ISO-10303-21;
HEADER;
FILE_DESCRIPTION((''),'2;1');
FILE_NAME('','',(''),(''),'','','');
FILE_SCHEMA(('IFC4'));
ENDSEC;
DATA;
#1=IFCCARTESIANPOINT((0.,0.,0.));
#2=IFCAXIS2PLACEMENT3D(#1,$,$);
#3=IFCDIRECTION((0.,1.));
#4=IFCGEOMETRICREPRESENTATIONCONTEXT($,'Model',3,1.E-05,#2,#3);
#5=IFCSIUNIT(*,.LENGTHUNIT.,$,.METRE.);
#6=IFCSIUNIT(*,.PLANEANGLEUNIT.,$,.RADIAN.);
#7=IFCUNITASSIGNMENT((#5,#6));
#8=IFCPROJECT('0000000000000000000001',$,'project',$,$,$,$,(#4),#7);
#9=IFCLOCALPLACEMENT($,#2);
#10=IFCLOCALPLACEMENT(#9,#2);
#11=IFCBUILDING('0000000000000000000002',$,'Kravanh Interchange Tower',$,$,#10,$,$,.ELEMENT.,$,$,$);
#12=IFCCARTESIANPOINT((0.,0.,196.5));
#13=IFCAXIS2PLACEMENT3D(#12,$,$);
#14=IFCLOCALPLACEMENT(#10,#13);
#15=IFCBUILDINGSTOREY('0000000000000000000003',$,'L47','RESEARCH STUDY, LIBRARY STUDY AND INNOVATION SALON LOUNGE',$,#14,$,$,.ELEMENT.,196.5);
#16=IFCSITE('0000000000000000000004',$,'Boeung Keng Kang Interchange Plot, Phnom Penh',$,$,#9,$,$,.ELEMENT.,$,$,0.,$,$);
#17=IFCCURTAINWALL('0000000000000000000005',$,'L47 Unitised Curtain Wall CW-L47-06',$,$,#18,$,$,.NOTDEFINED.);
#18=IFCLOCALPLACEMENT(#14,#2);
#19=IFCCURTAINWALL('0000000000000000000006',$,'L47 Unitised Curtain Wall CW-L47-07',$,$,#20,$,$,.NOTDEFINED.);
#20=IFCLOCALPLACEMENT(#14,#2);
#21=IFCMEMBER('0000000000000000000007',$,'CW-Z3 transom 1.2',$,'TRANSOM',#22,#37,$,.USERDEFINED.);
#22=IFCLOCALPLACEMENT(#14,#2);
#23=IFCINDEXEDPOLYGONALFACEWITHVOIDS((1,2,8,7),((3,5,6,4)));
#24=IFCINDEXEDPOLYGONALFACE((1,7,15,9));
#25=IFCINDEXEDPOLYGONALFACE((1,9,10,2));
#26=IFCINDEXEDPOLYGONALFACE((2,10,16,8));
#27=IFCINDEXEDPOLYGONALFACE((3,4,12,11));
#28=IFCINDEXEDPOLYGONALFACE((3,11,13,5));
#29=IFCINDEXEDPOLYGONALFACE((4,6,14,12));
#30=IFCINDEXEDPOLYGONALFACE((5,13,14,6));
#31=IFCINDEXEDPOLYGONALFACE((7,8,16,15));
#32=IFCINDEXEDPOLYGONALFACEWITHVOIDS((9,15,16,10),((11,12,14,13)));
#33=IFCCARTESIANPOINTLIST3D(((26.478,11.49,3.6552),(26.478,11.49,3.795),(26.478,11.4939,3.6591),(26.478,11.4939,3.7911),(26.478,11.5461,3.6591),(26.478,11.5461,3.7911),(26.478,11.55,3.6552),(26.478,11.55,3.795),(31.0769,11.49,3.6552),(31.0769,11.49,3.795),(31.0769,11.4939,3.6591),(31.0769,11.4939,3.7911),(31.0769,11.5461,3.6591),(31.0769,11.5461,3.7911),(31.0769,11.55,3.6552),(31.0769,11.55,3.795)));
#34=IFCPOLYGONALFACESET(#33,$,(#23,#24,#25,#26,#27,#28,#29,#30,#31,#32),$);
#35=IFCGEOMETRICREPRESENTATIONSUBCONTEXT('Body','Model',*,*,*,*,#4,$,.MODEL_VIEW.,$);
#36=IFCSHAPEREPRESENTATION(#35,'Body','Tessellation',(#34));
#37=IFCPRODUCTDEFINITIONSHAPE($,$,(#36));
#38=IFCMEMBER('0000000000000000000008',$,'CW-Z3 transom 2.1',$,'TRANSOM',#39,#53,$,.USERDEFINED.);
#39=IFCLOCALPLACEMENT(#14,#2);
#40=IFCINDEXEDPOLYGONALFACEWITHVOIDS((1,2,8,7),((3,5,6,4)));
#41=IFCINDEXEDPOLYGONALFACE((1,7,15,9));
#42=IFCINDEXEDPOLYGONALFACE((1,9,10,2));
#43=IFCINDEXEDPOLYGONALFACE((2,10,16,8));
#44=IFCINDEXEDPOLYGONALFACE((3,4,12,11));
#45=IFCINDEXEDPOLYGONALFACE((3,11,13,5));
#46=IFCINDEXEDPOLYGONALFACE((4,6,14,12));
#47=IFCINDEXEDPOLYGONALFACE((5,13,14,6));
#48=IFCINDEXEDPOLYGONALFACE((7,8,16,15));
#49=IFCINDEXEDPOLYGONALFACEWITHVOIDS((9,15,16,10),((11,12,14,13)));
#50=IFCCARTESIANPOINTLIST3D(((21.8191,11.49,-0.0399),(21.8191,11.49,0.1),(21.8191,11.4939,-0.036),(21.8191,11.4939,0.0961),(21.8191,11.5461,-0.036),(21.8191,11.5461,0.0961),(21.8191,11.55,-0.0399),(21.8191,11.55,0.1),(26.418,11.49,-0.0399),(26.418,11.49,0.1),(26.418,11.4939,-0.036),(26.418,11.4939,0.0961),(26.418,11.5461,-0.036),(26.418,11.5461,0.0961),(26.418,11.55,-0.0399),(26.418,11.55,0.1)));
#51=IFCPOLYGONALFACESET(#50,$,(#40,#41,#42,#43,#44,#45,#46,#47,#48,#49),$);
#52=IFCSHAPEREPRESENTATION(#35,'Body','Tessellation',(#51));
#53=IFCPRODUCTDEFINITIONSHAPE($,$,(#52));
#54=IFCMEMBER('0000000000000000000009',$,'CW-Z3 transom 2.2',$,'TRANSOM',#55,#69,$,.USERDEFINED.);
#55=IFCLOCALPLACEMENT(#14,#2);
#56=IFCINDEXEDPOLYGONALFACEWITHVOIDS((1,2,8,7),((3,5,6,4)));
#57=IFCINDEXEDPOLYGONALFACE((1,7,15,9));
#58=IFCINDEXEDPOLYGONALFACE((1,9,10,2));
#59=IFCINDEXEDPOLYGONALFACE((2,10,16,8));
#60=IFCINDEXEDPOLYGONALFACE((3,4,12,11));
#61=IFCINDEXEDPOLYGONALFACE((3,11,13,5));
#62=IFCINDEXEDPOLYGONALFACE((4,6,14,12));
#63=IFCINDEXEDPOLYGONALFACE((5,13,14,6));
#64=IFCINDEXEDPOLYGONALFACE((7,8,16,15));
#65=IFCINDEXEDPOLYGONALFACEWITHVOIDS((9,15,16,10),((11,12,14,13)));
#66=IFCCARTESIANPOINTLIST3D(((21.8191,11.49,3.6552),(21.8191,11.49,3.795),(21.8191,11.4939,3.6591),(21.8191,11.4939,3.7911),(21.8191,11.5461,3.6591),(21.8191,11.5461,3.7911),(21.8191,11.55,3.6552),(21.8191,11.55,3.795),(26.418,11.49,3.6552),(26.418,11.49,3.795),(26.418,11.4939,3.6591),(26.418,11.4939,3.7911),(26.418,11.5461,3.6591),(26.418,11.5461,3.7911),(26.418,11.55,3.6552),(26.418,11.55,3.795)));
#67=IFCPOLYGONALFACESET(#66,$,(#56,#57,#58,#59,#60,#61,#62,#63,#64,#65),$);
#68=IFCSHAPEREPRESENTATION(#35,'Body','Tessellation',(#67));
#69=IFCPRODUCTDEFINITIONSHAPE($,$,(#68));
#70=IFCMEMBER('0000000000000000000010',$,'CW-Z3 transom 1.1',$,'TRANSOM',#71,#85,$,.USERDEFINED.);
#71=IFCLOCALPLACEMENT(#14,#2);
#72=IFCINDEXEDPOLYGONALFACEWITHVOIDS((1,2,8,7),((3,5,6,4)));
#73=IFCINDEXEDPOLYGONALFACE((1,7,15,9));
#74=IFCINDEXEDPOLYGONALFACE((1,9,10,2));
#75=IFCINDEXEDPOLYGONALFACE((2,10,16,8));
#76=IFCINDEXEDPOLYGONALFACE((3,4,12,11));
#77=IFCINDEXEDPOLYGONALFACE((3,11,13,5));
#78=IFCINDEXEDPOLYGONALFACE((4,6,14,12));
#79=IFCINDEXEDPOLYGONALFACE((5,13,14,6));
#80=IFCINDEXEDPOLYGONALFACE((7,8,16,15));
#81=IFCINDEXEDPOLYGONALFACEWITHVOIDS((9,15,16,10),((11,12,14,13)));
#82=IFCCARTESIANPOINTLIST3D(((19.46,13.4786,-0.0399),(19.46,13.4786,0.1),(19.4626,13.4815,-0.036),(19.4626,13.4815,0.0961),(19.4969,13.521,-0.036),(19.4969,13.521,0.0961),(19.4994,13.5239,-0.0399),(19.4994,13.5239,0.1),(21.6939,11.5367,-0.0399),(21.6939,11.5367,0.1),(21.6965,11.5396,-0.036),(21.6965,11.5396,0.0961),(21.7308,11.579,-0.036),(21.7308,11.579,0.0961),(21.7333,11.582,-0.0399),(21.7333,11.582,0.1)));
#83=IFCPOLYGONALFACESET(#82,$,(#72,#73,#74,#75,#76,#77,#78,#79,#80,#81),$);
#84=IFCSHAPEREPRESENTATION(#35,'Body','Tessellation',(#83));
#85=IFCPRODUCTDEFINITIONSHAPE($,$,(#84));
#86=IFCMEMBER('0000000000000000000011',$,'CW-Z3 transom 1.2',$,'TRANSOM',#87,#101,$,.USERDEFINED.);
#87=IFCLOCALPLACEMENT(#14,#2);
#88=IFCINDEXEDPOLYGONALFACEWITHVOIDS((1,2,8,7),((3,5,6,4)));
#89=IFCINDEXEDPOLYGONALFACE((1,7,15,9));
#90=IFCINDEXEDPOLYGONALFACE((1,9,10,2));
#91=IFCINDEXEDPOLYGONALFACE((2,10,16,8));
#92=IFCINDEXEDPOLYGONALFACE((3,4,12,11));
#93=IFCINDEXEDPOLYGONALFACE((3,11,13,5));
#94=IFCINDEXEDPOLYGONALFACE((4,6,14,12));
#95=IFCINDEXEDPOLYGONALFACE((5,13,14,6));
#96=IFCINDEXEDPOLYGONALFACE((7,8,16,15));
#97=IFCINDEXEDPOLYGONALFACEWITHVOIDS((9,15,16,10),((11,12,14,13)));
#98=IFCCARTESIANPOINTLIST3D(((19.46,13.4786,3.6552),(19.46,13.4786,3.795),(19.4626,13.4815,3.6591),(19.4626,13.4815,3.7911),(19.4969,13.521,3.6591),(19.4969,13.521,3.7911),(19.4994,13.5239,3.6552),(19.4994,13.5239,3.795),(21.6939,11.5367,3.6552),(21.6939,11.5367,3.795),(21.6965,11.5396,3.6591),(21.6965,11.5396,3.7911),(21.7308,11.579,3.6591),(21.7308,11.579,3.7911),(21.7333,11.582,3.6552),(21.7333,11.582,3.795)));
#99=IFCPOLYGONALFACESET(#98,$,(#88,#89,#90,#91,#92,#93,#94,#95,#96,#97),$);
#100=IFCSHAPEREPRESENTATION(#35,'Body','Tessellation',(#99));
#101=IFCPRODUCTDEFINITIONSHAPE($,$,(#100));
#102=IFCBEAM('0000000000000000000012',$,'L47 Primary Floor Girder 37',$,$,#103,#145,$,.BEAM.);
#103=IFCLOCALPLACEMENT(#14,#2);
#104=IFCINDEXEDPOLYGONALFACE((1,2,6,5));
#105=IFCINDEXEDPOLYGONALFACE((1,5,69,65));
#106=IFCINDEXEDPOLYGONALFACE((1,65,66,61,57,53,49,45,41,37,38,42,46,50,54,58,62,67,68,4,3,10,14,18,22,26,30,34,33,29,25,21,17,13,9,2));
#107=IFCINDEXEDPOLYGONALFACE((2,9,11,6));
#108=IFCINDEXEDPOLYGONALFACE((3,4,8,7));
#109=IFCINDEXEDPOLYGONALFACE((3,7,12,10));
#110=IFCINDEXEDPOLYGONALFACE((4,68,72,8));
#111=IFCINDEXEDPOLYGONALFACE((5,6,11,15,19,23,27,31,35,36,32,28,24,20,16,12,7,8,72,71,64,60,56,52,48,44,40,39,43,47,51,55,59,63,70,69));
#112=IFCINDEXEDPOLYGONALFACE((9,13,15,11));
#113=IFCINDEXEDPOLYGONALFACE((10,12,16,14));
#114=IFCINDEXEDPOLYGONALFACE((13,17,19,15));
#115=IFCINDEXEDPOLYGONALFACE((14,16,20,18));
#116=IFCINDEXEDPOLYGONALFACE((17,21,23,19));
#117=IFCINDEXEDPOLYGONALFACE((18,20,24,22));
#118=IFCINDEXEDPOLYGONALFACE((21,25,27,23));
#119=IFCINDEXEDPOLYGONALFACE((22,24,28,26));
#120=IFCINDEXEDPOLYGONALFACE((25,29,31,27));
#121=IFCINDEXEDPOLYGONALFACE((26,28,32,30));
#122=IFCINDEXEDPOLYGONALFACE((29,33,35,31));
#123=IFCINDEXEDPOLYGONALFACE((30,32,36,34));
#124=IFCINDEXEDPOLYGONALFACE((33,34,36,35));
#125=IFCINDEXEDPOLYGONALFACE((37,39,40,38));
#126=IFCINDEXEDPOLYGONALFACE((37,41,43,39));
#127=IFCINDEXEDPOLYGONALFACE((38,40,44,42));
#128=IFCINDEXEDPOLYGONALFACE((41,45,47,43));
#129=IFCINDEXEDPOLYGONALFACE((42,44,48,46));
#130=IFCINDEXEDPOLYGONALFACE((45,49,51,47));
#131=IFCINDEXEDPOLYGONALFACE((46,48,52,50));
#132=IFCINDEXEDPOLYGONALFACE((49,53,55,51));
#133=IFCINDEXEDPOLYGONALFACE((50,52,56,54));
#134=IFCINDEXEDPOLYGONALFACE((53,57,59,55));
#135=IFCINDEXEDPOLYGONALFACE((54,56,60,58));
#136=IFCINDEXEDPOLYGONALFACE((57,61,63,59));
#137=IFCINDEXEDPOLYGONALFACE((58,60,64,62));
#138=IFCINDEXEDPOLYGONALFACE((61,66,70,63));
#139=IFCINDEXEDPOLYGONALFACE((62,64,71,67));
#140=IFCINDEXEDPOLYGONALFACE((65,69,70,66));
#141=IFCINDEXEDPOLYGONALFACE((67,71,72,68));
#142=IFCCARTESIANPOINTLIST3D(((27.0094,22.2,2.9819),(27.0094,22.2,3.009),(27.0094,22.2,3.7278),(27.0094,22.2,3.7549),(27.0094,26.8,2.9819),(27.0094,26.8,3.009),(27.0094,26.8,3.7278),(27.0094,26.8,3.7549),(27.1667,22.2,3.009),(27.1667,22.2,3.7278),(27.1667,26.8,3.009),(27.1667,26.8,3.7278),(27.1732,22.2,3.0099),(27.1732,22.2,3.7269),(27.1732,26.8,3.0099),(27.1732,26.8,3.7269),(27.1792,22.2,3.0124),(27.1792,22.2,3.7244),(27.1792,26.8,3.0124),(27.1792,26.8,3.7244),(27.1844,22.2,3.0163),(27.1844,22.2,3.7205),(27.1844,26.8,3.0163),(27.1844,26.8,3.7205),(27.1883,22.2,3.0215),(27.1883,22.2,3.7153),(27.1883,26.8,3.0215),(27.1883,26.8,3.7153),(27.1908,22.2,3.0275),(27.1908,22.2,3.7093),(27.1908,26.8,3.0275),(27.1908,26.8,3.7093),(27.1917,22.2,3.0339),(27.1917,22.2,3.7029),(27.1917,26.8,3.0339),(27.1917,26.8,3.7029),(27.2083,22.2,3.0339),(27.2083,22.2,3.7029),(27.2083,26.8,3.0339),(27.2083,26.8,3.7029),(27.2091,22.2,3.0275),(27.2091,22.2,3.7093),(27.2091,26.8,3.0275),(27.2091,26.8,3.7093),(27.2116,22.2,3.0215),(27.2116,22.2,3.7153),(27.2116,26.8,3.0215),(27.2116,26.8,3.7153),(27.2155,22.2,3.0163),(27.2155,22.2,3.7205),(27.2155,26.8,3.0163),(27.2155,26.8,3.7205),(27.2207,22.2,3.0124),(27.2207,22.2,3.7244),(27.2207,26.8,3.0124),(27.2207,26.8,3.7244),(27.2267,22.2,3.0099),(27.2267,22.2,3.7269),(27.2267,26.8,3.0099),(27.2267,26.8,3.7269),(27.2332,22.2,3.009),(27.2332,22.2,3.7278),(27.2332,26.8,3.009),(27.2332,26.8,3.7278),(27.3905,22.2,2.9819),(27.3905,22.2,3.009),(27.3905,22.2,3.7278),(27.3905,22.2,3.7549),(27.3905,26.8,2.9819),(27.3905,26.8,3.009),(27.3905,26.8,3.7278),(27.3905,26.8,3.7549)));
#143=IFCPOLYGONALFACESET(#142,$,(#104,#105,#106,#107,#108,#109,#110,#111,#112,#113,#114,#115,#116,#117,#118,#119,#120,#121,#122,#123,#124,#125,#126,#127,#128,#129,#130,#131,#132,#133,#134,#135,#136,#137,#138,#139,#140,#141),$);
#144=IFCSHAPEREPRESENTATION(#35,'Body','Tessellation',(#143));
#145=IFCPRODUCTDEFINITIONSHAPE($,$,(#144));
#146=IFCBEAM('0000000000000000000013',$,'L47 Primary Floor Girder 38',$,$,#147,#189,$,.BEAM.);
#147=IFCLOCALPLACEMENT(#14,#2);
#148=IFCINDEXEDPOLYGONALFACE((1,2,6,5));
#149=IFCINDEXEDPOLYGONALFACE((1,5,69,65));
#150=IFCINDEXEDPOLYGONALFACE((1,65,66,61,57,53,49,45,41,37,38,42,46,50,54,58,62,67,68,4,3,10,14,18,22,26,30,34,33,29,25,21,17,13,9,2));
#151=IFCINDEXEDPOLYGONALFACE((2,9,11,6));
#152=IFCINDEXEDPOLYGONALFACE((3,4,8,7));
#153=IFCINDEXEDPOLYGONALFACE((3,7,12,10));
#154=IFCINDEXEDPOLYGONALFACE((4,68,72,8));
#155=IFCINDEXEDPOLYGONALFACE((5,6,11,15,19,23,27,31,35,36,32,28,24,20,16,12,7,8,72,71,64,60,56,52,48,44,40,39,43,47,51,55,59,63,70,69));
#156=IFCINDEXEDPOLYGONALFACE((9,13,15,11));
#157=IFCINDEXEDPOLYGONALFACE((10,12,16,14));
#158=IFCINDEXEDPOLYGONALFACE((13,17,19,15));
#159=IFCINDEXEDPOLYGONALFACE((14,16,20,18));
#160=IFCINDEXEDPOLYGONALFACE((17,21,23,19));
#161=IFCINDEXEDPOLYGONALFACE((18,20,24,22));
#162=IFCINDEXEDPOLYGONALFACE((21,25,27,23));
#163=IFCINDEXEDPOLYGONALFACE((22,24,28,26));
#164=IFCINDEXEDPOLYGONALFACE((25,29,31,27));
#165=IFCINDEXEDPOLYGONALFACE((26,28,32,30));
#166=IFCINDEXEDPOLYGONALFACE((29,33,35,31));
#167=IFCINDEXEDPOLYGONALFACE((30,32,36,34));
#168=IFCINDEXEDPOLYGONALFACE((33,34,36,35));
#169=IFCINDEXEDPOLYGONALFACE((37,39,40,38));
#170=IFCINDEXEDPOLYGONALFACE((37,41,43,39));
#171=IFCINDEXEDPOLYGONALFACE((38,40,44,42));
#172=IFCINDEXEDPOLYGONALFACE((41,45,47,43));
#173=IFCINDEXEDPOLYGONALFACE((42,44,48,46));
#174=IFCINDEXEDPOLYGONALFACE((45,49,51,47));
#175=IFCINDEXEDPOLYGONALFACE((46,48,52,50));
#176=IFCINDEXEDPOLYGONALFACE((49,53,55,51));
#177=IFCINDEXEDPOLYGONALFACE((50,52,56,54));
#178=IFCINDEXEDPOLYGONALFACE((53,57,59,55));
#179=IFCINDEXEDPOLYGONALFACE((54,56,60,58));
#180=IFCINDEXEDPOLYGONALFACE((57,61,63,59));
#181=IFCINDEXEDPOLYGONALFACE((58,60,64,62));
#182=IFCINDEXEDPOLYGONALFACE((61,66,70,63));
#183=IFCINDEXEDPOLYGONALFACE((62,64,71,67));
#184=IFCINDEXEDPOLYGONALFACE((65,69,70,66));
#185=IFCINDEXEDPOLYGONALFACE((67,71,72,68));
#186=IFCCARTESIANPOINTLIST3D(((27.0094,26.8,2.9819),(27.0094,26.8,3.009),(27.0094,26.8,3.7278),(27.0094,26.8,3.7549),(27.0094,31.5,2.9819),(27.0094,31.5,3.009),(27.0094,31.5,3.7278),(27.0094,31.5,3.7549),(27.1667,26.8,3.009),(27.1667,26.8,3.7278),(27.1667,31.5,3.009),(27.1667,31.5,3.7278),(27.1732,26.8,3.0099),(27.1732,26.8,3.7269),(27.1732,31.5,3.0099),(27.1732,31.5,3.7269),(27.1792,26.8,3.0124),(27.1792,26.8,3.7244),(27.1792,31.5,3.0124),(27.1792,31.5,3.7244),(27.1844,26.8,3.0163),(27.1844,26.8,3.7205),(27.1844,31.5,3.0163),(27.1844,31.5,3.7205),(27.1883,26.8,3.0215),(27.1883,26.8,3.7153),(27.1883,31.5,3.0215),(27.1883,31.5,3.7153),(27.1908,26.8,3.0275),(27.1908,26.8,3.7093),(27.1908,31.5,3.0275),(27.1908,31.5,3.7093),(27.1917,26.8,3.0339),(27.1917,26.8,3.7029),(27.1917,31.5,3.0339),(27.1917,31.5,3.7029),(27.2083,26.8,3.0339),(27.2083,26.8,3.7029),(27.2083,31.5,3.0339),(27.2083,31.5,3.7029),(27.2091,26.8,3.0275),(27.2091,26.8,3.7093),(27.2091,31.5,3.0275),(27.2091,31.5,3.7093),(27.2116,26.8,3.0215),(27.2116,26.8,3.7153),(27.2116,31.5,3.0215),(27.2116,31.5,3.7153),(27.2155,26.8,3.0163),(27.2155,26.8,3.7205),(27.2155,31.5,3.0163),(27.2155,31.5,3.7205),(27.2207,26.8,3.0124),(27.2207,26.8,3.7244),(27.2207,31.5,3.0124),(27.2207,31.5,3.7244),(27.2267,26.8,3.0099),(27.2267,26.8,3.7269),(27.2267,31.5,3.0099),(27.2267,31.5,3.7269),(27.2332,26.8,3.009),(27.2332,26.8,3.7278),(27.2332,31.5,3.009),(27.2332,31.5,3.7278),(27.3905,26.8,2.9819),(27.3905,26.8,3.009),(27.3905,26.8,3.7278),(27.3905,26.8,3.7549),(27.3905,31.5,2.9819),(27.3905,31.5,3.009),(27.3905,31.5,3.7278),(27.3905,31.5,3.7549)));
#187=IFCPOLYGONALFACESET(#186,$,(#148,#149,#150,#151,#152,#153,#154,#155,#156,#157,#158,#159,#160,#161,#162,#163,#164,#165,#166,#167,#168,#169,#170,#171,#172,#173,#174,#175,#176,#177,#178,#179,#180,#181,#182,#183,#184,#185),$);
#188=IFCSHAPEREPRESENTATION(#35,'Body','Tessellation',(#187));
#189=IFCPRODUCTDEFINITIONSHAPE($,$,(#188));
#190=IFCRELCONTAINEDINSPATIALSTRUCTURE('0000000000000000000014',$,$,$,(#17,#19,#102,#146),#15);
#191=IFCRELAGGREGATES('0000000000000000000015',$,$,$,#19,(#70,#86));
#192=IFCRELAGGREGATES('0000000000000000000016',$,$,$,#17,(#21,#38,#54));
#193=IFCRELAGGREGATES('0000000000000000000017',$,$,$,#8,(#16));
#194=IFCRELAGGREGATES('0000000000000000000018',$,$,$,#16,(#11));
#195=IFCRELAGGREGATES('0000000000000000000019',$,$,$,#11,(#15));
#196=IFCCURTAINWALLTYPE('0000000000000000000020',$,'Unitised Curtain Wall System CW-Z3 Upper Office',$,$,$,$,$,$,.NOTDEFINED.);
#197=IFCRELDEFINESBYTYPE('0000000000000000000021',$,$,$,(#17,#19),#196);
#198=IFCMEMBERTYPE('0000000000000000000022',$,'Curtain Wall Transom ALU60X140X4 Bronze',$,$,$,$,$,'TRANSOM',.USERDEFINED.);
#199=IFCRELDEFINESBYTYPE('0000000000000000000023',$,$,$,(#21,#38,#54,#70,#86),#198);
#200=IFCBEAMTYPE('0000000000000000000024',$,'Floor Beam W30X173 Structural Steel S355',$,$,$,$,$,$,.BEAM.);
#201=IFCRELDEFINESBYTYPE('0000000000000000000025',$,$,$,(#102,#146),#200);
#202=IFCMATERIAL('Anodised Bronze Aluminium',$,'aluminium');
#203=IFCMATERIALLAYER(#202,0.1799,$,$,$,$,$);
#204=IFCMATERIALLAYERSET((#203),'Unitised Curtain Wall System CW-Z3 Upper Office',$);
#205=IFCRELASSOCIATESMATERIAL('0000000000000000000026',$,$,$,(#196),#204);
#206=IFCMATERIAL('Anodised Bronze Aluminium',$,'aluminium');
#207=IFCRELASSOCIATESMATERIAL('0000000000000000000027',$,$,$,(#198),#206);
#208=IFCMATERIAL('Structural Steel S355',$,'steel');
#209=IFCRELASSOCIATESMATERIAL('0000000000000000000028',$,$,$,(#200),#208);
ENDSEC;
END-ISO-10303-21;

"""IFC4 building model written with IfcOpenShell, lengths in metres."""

from ifc_helpers import new_model, si_unit, direction, frame, origin, origin_2d, place, context, subcontext, project, spatial, hollow_rectangle, i_section, extrude, material, layer, layer_set, material_profile, profile_set, type_object, element, aggregate, save


model = new_model("IFC4")

# Units and contexts
model_context = context("Model", 3, precision=1e-05, world=origin(), true_north=direction((0.0, 1.0)))
body_context = subcontext(model_context, "Body", "Model", "MODEL_VIEW")
ifc_project = project(units=[si_unit("LENGTHUNIT", "METRE"), si_unit("PLANEANGLEUNIT", "RADIAN")], contexts=[model_context])

# Site, building, storey
site_placement = place(None, origin())
site = spatial("IfcSite", under=ifc_project, at=site_placement, Name="Boeung Keng Kang Interchange Plot, Phnom Penh", CompositionType="ELEMENT", RefElevation=0.0)
building_placement = place(site_placement, origin())
building = spatial("IfcBuilding", under=site, at=building_placement, Name="Kravanh Interchange Tower", CompositionType="ELEMENT")
storey_placement = place(building_placement, frame((0.0, 0.0, 196.5)))
storey = spatial("IfcBuildingStorey", under=building, at=storey_placement, Name="L47", Description="RESEARCH STUDY, LIBRARY STUDY AND INNOVATION SALON LOUNGE", CompositionType="ELEMENT", Elevation=196.5)

# Curtain wall
ifc_material_1 = material(Name="Anodised Bronze Aluminium", Category="aluminium")
ifc_layer_1 = layer(ifc_material_1, 0.1799)
ifc_layer_set_1 = layer_set([ifc_layer_1], Name="Unitised Curtain Wall System CW-Z3 Upper Office")
curtain_wall_type = type_object("IfcCurtainWallType", Name="Unitised Curtain Wall System CW-Z3 Upper Office", PredefinedType="NOTDEFINED", material=ifc_layer_set_1)
curtain_wall_1_placement = place(storey_placement, origin())
curtain_wall_1 = element("IfcCurtainWall", 1, at=curtain_wall_1_placement, inside=storey, type_object=curtain_wall_type, Name="L47 Unitised Curtain Wall CW-L47-06", PredefinedType="NOTDEFINED")

# Curtain wall
curtain_wall_2_placement = place(storey_placement, origin())
curtain_wall_2 = element("IfcCurtainWall", 2, at=curtain_wall_2_placement, inside=storey, type_object=curtain_wall_type, Name="L47 Unitised Curtain Wall CW-L47-07", PredefinedType="NOTDEFINED")

# Members
ifc_material_2 = material(Name="Anodised Bronze Aluminium", Category="aluminium")
ifc_material_profile_1 = material_profile(ifc_material_2, hollow_rectangle(XDim=0.0601, YDim=0.1399, WallThickness=0.0039, at=origin_2d()), Name="ALU60X140X4")
ifc_profile_set_1 = profile_set([ifc_material_profile_1], Name="Anodised Bronze Aluminium")
member_type_1 = type_object("IfcMemberType", Name="Curtain Wall Transom ALU60X140X4 Bronze", ElementType="TRANSOM", PredefinedType="USERDEFINED", material=ifc_profile_set_1)
member_1_placement = place(storey_placement, frame((31.0769, 11.52, 3.7251), z_axis=(-1.0, 0.0, 0.0), x_axis=(0.0, -1.0, 0.0)))
member_1 = element("IfcMember", 3, at=member_1_placement, type_object=member_type_1, Name="CW-Z3 transom 1.2", ObjectType="TRANSOM", PredefinedType="USERDEFINED", context=body_context, shape_type="SweptSolid", body=[
    extrude(hollow_rectangle(XDim=0.0601, YDim=0.1399, WallThickness=0.0039, at=origin_2d()), origin(), (0.0, 0.0, 1.0), 4.5989),
])
member_2_placement = place(storey_placement, frame((26.418, 11.52, 0.03), z_axis=(-1.0, 0.0, 0.0), x_axis=(0.0, -1.0, 0.0)))
member_2 = element("IfcMember", 4, at=member_2_placement, type_object=member_type_1, Name="CW-Z3 transom 2.1", ObjectType="TRANSOM", PredefinedType="USERDEFINED", context=body_context, shape_type="SweptSolid", body=[
    extrude(hollow_rectangle(XDim=0.0601, YDim=0.1399, WallThickness=0.0039, at=origin_2d()), origin(), (0.0, 0.0, 1.0), 4.5989),
])
member_3_placement = place(storey_placement, frame((26.418, 11.52, 3.7251), z_axis=(-1.0, 0.0, 0.0), x_axis=(0.0, -1.0, 0.0)))
member_3 = element("IfcMember", 5, at=member_3_placement, type_object=member_type_1, Name="CW-Z3 transom 2.2", ObjectType="TRANSOM", PredefinedType="USERDEFINED", context=body_context, shape_type="SweptSolid", body=[
    extrude(hollow_rectangle(XDim=0.0601, YDim=0.1399, WallThickness=0.0039, at=origin_2d()), origin(), (0.0, 0.0, 1.0), 4.5989),
])
member_4_placement = place(storey_placement, frame((21.7136, 11.5593, 0.03), z_axis=(-0.754709, 0.65606, 0.0), x_axis=(-0.65606, -0.754709, 0.0)))
member_4 = element("IfcMember", 6, at=member_4_placement, type_object=member_type_1, Name="CW-Z3 transom 1.1", ObjectType="TRANSOM", PredefinedType="USERDEFINED", context=body_context, shape_type="SweptSolid", body=[
    extrude(hollow_rectangle(XDim=0.0601, YDim=0.1399, WallThickness=0.0039, at=origin_2d()), origin(), (0.0, 0.0, 1.0), 2.96),
])
member_5_placement = place(storey_placement, frame((21.7136, 11.5593, 3.7251), z_axis=(-0.754709, 0.65606, 0.0), x_axis=(-0.65606, -0.754709, 0.0)))
member_5 = element("IfcMember", 7, at=member_5_placement, type_object=member_type_1, Name="CW-Z3 transom 1.2", ObjectType="TRANSOM", PredefinedType="USERDEFINED", context=body_context, shape_type="SweptSolid", body=[
    extrude(hollow_rectangle(XDim=0.0601, YDim=0.1399, WallThickness=0.0039, at=origin_2d()), origin(), (0.0, 0.0, 1.0), 2.96),
])
aggregate(curtain_wall_2, [member_4, member_5])

# Beams
ifc_material_3 = material(Name="Structural Steel S355", Category="steel")
ifc_material_profile_2 = material_profile(ifc_material_3, i_section(OverallWidth=0.3811, OverallDepth=0.7729, WebThickness=0.0166, FlangeThickness=0.0271, FilletRadius=0.0249, at=origin_2d()), Name="W30X173")
ifc_profile_set_2 = profile_set([ifc_material_profile_2], Name="Structural Steel S355")
beam_type_1 = type_object("IfcBeamType", Name="Floor Beam W30X173 Structural Steel S355", PredefinedType="BEAM", material=ifc_profile_set_2)
beam_1_placement = place(storey_placement, frame((27.2, 26.8, 3.3684), z_axis=(0.0, -1.0, 0.0), x_axis=(1.0, 0.0, 0.0)))
element("IfcBeam", 8, at=beam_1_placement, inside=storey, type_object=beam_type_1, Name="L47 Primary Floor Girder 37", PredefinedType="BEAM", context=body_context, shape_type="SweptSolid", body=[
    extrude(i_section(OverallWidth=0.3811, OverallDepth=0.7729, WebThickness=0.0166, FlangeThickness=0.0271, FilletRadius=0.0249, at=origin_2d()), origin(), (0.0, 0.0, 1.0), 4.6001),
])
beam_2_placement = place(storey_placement, frame((27.2, 26.8, 3.3684), z_axis=(0.0, 1.0, 0.0), x_axis=(-1.0, 0.0, 0.0)))
element("IfcBeam", 9, at=beam_2_placement, inside=storey, type_object=beam_type_1, Name="L47 Primary Floor Girder 38", PredefinedType="BEAM", context=body_context, shape_type="SweptSolid", body=[
    extrude(i_section(OverallWidth=0.3811, OverallDepth=0.7729, WebThickness=0.0166, FlangeThickness=0.0271, FilletRadius=0.0249, at=origin_2d()), origin(), (0.0, 0.0, 1.0), 4.7),
])

aggregate(curtain_wall_1, [member_1, member_2, member_3])

save(model, "model.ifc")
